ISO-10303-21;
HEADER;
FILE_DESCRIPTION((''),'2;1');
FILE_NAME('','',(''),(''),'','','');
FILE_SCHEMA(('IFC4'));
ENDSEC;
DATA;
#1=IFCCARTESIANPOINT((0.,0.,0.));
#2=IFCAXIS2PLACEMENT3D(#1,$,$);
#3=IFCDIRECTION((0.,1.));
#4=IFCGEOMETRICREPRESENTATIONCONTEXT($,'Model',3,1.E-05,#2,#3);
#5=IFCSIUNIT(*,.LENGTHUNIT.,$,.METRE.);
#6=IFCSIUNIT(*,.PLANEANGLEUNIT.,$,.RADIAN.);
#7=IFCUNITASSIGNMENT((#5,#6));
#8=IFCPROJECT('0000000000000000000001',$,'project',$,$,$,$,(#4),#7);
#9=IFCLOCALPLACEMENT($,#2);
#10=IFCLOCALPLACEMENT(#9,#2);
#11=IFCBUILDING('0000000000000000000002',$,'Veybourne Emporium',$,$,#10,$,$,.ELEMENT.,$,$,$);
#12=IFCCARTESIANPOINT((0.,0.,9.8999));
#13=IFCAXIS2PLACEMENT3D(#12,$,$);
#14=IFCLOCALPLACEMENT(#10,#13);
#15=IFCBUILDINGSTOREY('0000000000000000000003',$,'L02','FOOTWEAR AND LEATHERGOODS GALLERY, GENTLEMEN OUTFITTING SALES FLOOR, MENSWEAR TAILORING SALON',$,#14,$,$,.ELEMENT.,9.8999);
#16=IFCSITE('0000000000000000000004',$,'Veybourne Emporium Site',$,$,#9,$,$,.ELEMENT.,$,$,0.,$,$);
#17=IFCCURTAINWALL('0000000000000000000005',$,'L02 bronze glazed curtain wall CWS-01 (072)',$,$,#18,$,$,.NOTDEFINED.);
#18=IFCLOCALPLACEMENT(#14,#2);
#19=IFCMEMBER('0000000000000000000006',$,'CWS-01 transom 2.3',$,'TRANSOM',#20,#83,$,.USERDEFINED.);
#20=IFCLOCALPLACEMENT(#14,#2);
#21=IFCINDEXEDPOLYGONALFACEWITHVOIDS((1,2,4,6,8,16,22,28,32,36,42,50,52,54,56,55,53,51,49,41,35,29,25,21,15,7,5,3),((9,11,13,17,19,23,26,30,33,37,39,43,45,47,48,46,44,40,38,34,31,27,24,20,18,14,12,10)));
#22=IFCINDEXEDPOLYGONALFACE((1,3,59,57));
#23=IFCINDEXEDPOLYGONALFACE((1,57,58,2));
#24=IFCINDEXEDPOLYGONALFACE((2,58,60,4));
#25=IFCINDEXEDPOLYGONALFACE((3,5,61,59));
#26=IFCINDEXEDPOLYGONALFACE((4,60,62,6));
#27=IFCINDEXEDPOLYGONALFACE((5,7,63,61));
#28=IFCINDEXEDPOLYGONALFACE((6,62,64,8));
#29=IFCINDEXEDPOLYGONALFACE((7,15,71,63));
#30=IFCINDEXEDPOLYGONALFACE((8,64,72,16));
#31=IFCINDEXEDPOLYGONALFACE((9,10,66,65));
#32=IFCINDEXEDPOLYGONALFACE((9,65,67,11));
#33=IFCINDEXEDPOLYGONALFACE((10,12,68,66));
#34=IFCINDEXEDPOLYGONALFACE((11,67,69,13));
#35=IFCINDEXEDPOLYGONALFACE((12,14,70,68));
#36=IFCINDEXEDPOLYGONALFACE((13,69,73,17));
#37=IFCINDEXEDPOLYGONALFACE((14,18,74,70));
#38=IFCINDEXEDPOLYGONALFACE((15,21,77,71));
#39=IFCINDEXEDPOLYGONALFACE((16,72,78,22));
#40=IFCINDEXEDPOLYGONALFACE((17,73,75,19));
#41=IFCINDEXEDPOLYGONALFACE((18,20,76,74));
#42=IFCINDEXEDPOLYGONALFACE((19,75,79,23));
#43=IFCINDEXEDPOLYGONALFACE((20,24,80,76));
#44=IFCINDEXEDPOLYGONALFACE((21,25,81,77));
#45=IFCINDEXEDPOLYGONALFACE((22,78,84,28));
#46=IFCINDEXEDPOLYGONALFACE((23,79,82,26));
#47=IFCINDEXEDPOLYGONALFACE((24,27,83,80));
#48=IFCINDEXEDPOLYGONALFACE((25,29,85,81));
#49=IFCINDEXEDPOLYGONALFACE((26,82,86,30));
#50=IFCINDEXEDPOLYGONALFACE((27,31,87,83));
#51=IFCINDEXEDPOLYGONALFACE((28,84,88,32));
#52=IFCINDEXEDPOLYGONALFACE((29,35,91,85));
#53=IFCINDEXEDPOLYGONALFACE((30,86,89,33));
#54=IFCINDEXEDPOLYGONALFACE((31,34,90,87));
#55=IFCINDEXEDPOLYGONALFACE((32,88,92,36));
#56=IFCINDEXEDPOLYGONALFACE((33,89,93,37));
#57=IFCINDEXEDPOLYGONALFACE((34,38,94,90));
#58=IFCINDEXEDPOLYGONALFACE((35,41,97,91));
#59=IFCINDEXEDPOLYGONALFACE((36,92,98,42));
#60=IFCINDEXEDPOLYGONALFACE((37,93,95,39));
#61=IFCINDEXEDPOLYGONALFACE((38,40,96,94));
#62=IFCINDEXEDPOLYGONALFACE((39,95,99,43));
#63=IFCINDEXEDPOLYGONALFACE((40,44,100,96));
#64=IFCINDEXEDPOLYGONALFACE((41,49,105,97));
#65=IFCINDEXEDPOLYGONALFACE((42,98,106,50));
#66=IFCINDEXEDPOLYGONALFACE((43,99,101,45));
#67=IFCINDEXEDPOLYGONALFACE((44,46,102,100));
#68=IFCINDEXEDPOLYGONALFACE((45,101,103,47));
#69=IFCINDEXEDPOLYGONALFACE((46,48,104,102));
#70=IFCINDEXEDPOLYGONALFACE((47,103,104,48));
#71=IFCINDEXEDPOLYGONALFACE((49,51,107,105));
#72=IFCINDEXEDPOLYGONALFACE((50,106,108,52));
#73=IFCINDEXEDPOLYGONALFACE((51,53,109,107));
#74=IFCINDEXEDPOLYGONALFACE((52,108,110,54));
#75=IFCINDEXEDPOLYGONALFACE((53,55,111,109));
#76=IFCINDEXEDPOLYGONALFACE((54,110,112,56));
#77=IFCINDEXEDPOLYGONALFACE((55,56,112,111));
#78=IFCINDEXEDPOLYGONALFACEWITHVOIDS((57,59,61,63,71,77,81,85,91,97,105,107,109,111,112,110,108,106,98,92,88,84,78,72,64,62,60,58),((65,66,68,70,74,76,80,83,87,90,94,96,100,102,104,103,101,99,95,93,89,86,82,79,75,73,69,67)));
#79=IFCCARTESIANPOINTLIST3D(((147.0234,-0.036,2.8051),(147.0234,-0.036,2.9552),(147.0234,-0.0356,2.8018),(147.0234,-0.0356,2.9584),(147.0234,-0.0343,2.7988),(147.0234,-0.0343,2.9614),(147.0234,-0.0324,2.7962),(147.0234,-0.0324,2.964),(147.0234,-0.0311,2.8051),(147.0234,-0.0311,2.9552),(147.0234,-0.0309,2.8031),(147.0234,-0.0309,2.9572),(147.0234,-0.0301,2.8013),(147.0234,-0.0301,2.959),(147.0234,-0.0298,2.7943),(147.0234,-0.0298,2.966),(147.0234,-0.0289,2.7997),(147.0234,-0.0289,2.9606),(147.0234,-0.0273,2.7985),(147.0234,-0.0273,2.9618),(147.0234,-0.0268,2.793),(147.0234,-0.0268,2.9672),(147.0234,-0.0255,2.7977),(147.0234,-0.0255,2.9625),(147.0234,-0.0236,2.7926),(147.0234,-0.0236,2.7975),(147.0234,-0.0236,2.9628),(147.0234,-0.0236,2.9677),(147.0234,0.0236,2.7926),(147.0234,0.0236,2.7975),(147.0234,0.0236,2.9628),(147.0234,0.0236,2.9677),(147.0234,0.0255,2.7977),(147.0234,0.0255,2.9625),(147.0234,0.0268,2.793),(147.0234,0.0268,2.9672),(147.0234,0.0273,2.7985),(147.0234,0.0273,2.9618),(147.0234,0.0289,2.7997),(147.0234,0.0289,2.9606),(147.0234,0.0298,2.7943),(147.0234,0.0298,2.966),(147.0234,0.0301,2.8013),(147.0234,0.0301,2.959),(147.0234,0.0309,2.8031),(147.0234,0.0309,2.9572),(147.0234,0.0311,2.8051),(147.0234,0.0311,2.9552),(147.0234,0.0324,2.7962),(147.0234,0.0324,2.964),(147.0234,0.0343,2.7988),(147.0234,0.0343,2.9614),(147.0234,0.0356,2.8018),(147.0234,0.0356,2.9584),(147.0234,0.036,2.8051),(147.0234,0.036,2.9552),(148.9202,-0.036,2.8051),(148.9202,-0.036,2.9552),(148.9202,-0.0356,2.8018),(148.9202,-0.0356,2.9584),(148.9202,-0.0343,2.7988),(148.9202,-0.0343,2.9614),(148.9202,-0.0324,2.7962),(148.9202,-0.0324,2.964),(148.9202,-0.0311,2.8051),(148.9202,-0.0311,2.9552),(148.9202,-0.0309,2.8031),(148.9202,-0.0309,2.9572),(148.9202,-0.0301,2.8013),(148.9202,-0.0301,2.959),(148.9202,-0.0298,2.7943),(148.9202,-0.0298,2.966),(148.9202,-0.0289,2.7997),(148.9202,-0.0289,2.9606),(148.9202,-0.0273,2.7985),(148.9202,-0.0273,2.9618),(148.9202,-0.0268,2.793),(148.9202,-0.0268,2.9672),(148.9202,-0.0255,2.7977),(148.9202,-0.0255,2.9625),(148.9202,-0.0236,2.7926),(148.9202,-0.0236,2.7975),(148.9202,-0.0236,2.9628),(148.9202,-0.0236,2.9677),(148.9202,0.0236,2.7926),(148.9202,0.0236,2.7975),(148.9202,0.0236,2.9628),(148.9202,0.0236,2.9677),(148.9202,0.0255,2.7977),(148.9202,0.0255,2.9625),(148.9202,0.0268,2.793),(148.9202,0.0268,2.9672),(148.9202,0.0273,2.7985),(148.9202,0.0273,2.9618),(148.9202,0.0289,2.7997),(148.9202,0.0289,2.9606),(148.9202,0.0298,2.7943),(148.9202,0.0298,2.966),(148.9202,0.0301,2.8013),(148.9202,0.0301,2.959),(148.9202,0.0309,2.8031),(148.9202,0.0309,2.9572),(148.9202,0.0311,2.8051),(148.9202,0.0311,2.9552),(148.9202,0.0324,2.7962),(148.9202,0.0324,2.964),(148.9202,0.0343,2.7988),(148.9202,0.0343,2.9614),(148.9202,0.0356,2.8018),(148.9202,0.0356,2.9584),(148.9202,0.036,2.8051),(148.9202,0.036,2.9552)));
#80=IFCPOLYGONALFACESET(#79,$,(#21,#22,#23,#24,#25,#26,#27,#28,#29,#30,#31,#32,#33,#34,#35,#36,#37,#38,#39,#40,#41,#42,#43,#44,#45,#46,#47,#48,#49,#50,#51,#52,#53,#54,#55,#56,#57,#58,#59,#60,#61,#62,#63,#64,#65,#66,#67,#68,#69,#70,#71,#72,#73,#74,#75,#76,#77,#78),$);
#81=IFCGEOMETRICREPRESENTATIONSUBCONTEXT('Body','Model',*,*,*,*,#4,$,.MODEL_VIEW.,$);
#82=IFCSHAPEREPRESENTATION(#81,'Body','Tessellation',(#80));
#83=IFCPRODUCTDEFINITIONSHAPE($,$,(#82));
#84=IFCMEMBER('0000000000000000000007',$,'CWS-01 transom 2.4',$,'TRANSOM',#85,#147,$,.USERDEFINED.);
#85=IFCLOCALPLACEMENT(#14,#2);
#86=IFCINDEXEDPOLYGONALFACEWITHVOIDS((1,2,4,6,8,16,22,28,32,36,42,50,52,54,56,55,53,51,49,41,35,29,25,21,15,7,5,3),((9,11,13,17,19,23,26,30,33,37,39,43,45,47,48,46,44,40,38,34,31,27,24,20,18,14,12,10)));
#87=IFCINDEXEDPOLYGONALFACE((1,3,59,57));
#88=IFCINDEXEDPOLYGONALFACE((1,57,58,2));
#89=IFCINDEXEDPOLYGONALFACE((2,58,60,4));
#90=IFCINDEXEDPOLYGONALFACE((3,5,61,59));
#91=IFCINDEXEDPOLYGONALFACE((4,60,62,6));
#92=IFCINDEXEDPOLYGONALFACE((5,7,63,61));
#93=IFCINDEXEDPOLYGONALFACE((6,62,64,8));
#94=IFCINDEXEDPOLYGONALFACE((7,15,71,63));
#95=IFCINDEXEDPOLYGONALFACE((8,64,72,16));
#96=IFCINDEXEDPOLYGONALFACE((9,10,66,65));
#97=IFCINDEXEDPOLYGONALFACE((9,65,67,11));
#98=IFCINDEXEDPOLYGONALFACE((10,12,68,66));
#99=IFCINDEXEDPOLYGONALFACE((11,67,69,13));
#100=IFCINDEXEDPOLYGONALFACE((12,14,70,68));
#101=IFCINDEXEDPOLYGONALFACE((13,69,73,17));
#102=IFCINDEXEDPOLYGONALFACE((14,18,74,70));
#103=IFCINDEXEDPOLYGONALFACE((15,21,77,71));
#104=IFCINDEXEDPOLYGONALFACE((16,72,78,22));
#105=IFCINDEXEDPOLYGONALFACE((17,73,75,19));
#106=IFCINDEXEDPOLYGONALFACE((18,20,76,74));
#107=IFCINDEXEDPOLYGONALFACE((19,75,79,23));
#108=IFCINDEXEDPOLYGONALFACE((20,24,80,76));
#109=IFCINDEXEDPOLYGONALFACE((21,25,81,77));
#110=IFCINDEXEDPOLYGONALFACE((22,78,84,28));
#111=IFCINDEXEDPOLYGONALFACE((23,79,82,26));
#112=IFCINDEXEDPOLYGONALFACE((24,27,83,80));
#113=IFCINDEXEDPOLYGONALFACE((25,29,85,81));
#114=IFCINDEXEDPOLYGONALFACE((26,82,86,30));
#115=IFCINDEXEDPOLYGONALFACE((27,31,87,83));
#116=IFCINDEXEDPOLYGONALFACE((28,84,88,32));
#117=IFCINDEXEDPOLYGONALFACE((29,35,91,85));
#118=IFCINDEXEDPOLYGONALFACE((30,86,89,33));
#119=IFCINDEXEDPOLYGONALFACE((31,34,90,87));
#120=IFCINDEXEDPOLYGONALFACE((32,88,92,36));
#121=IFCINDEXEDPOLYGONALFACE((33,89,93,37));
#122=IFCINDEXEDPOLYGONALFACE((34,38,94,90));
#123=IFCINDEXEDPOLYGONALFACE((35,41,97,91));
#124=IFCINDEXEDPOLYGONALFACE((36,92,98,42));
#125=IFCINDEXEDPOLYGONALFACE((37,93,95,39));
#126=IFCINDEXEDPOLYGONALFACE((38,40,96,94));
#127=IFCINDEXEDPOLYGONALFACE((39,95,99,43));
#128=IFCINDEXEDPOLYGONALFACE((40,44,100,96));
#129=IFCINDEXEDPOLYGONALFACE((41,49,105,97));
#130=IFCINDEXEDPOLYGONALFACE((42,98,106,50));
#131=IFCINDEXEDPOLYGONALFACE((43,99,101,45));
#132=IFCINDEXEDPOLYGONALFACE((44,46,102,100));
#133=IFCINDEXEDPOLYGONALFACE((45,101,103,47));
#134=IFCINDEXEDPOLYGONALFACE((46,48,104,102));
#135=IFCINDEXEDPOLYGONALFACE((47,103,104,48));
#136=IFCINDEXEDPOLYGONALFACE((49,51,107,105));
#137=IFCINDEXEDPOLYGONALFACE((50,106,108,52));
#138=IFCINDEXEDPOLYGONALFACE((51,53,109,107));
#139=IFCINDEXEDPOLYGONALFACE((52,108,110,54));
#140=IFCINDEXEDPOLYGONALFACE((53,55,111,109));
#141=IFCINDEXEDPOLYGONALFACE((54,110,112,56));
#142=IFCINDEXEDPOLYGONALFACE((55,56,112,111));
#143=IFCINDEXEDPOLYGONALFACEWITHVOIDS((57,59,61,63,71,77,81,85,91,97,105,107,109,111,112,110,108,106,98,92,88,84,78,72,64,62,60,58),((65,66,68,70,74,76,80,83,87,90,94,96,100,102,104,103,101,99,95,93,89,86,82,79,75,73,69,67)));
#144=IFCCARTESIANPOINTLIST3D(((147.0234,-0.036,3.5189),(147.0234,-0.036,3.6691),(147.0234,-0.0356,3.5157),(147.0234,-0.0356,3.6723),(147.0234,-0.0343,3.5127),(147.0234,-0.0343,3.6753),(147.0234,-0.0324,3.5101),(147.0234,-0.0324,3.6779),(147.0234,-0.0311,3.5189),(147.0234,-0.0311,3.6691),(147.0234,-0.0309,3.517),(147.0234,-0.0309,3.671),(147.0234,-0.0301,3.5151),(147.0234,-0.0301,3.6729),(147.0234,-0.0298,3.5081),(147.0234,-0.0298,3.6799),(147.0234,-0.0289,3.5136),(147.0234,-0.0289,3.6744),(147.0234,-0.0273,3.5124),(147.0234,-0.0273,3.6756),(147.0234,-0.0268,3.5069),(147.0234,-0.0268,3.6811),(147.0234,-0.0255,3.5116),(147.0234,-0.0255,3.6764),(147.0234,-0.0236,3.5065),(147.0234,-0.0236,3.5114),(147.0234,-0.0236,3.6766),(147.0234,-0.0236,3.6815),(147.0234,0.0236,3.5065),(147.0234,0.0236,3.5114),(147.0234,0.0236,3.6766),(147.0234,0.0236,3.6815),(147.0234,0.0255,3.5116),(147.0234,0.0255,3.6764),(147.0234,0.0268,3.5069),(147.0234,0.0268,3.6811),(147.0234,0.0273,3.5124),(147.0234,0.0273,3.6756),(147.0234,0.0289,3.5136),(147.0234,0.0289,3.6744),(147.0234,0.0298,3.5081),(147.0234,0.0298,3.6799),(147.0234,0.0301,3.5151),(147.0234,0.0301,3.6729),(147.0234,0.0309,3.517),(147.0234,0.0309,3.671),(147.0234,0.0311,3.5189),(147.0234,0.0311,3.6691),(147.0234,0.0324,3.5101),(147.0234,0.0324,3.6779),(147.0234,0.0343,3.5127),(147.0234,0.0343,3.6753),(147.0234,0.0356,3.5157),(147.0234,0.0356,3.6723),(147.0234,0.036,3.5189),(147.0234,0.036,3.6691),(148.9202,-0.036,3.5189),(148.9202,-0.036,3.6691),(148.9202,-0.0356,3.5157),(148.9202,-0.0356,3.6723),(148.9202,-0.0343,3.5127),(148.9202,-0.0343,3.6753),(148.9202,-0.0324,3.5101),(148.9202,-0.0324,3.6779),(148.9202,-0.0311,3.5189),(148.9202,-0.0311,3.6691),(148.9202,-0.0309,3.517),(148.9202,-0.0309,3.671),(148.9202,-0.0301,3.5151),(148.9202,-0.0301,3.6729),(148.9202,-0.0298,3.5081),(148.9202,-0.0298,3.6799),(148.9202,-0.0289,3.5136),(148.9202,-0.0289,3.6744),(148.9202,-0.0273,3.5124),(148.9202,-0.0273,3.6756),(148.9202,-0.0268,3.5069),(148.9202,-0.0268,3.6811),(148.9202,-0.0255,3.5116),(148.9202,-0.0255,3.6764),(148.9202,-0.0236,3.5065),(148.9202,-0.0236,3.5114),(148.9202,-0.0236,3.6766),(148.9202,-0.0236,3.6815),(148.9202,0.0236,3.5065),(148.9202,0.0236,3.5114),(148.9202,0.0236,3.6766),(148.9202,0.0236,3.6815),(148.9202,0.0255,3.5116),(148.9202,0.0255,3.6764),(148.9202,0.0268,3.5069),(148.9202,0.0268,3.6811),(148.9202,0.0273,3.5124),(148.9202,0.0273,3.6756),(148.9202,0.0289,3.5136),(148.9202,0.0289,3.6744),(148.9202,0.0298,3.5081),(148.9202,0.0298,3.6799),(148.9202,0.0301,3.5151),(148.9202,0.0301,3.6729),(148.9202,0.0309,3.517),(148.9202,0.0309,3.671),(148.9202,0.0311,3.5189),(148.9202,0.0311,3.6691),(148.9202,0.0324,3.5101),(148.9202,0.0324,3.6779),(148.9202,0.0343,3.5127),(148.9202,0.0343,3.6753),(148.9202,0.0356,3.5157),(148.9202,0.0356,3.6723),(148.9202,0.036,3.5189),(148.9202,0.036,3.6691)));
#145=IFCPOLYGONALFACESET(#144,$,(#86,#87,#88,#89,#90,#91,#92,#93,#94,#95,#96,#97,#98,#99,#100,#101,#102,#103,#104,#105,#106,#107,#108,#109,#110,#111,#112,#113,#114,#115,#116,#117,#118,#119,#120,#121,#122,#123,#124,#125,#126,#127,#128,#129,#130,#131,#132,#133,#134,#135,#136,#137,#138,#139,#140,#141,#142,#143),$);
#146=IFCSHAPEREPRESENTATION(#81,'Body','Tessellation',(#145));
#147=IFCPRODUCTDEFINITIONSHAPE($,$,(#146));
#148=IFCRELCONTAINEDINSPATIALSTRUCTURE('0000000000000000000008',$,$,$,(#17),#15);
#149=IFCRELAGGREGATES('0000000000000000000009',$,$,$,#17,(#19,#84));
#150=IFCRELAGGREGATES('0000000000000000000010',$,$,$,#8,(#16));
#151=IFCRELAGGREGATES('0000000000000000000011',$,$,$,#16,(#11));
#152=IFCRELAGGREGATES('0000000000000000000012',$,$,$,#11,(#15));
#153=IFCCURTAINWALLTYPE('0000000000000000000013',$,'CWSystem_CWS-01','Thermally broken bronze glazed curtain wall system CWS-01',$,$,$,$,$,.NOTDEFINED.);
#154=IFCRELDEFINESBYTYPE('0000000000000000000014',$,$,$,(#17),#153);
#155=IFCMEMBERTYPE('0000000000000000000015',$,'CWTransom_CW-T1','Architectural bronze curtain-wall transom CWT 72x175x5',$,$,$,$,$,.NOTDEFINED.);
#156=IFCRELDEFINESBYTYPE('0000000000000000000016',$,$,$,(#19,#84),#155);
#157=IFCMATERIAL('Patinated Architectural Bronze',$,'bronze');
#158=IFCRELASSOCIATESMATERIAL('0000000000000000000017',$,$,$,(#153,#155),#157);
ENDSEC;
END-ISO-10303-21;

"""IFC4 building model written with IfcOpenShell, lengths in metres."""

from ifc_helpers import new_model, si_unit, direction, frame, origin, origin_2d, place, context, subcontext, project, spatial, hollow_rectangle, extrude, material, material_profile, profile_set, type_object, element, aggregate, save


model = new_model("IFC4")

# Units and contexts
model_context = context("Model", 3, precision=1e-05, world=origin(), true_north=direction((0.0, 1.0)))
body_context = subcontext(model_context, "Body", "Model", "MODEL_VIEW")
ifc_project = project(units=[si_unit("LENGTHUNIT", "METRE"), si_unit("PLANEANGLEUNIT", "RADIAN")], contexts=[model_context])

# Site, building, storey
site_placement = place(None, origin())
site = spatial("IfcSite", under=ifc_project, at=site_placement, Name="Veybourne Emporium Site", CompositionType="ELEMENT", RefElevation=0.0)
building_placement = place(site_placement, origin())
building = spatial("IfcBuilding", under=site, at=building_placement, Name="Veybourne Emporium", CompositionType="ELEMENT")
storey_placement = place(building_placement, frame((0.0, 0.0, 9.8999)))
storey = spatial("IfcBuildingStorey", under=building, at=storey_placement, Name="L02", Description="FOOTWEAR AND LEATHERGOODS GALLERY, GENTLEMEN OUTFITTING SALES FLOOR, MENSWEAR TAILORING SALON", CompositionType="ELEMENT", Elevation=9.8999)

# Curtain wall
ifc_material_1 = material(Name="Patinated Architectural Bronze", Category="bronze")
curtain_wall_type_1 = type_object("IfcCurtainWallType", Name="CWSystem_CWS-01", Description="Thermally broken bronze glazed curtain wall system CWS-01", PredefinedType="NOTDEFINED", material=ifc_material_1)
curtain_wall_1_placement = place(storey_placement, origin())
curtain_wall_1 = element("IfcCurtainWall", 1, at=curtain_wall_1_placement, inside=storey, type_object=curtain_wall_type_1, Name="L02 bronze glazed curtain wall CWS-01 (072)", PredefinedType="NOTDEFINED")

# Members
ifc_material_profile_1 = material_profile(ifc_material_1, hollow_rectangle(XDim=0.072, YDim=0.175, WallThickness=0.0049, InnerFilletRadius=0.0076, OuterFilletRadius=0.0125, at=origin_2d()), Name="CWT 72x175x5")
ifc_profile_set_1 = profile_set([ifc_material_profile_1], Name="Patinated Architectural Bronze")
member_type_1 = type_object("IfcMemberType", Name="CWTransom_CW-T1", Description="Architectural bronze curtain-wall transom CWT 72x175x5", PredefinedType="NOTDEFINED", material=ifc_profile_set_1)
member_1_placement = place(storey_placement, frame((148.9202, 0.0, 2.8801), z_axis=(-1.0, 0.0, 0.0), x_axis=(0.0, -1.0, 0.0)))
member_1 = element("IfcMember", 2, at=member_1_placement, type_object=member_type_1, Name="CWS-01 transom 2.3", ObjectType="TRANSOM", PredefinedType="USERDEFINED", context=body_context, shape_type="SweptSolid", body=[
    extrude(hollow_rectangle(XDim=0.072, YDim=0.175, WallThickness=0.0049, InnerFilletRadius=0.0076, OuterFilletRadius=0.0125, at=origin_2d()), origin(), (0.0, 0.0, 1.0), 1.8967),
])
member_2_placement = place(storey_placement, frame((148.9202, 0.0, 3.594), z_axis=(-1.0, 0.0, 0.0), x_axis=(0.0, -1.0, 0.0)))
member_2 = element("IfcMember", 3, at=member_2_placement, type_object=member_type_1, Name="CWS-01 transom 2.4", ObjectType="TRANSOM", PredefinedType="USERDEFINED", context=body_context, shape_type="SweptSolid", body=[
    extrude(hollow_rectangle(XDim=0.072, YDim=0.175, WallThickness=0.0049, InnerFilletRadius=0.0076, OuterFilletRadius=0.0125, at=origin_2d()), origin(), (0.0, 0.0, 1.0), 1.8967),
])

aggregate(curtain_wall_1, [member_1, member_2])

save(model, "model.ifc")
